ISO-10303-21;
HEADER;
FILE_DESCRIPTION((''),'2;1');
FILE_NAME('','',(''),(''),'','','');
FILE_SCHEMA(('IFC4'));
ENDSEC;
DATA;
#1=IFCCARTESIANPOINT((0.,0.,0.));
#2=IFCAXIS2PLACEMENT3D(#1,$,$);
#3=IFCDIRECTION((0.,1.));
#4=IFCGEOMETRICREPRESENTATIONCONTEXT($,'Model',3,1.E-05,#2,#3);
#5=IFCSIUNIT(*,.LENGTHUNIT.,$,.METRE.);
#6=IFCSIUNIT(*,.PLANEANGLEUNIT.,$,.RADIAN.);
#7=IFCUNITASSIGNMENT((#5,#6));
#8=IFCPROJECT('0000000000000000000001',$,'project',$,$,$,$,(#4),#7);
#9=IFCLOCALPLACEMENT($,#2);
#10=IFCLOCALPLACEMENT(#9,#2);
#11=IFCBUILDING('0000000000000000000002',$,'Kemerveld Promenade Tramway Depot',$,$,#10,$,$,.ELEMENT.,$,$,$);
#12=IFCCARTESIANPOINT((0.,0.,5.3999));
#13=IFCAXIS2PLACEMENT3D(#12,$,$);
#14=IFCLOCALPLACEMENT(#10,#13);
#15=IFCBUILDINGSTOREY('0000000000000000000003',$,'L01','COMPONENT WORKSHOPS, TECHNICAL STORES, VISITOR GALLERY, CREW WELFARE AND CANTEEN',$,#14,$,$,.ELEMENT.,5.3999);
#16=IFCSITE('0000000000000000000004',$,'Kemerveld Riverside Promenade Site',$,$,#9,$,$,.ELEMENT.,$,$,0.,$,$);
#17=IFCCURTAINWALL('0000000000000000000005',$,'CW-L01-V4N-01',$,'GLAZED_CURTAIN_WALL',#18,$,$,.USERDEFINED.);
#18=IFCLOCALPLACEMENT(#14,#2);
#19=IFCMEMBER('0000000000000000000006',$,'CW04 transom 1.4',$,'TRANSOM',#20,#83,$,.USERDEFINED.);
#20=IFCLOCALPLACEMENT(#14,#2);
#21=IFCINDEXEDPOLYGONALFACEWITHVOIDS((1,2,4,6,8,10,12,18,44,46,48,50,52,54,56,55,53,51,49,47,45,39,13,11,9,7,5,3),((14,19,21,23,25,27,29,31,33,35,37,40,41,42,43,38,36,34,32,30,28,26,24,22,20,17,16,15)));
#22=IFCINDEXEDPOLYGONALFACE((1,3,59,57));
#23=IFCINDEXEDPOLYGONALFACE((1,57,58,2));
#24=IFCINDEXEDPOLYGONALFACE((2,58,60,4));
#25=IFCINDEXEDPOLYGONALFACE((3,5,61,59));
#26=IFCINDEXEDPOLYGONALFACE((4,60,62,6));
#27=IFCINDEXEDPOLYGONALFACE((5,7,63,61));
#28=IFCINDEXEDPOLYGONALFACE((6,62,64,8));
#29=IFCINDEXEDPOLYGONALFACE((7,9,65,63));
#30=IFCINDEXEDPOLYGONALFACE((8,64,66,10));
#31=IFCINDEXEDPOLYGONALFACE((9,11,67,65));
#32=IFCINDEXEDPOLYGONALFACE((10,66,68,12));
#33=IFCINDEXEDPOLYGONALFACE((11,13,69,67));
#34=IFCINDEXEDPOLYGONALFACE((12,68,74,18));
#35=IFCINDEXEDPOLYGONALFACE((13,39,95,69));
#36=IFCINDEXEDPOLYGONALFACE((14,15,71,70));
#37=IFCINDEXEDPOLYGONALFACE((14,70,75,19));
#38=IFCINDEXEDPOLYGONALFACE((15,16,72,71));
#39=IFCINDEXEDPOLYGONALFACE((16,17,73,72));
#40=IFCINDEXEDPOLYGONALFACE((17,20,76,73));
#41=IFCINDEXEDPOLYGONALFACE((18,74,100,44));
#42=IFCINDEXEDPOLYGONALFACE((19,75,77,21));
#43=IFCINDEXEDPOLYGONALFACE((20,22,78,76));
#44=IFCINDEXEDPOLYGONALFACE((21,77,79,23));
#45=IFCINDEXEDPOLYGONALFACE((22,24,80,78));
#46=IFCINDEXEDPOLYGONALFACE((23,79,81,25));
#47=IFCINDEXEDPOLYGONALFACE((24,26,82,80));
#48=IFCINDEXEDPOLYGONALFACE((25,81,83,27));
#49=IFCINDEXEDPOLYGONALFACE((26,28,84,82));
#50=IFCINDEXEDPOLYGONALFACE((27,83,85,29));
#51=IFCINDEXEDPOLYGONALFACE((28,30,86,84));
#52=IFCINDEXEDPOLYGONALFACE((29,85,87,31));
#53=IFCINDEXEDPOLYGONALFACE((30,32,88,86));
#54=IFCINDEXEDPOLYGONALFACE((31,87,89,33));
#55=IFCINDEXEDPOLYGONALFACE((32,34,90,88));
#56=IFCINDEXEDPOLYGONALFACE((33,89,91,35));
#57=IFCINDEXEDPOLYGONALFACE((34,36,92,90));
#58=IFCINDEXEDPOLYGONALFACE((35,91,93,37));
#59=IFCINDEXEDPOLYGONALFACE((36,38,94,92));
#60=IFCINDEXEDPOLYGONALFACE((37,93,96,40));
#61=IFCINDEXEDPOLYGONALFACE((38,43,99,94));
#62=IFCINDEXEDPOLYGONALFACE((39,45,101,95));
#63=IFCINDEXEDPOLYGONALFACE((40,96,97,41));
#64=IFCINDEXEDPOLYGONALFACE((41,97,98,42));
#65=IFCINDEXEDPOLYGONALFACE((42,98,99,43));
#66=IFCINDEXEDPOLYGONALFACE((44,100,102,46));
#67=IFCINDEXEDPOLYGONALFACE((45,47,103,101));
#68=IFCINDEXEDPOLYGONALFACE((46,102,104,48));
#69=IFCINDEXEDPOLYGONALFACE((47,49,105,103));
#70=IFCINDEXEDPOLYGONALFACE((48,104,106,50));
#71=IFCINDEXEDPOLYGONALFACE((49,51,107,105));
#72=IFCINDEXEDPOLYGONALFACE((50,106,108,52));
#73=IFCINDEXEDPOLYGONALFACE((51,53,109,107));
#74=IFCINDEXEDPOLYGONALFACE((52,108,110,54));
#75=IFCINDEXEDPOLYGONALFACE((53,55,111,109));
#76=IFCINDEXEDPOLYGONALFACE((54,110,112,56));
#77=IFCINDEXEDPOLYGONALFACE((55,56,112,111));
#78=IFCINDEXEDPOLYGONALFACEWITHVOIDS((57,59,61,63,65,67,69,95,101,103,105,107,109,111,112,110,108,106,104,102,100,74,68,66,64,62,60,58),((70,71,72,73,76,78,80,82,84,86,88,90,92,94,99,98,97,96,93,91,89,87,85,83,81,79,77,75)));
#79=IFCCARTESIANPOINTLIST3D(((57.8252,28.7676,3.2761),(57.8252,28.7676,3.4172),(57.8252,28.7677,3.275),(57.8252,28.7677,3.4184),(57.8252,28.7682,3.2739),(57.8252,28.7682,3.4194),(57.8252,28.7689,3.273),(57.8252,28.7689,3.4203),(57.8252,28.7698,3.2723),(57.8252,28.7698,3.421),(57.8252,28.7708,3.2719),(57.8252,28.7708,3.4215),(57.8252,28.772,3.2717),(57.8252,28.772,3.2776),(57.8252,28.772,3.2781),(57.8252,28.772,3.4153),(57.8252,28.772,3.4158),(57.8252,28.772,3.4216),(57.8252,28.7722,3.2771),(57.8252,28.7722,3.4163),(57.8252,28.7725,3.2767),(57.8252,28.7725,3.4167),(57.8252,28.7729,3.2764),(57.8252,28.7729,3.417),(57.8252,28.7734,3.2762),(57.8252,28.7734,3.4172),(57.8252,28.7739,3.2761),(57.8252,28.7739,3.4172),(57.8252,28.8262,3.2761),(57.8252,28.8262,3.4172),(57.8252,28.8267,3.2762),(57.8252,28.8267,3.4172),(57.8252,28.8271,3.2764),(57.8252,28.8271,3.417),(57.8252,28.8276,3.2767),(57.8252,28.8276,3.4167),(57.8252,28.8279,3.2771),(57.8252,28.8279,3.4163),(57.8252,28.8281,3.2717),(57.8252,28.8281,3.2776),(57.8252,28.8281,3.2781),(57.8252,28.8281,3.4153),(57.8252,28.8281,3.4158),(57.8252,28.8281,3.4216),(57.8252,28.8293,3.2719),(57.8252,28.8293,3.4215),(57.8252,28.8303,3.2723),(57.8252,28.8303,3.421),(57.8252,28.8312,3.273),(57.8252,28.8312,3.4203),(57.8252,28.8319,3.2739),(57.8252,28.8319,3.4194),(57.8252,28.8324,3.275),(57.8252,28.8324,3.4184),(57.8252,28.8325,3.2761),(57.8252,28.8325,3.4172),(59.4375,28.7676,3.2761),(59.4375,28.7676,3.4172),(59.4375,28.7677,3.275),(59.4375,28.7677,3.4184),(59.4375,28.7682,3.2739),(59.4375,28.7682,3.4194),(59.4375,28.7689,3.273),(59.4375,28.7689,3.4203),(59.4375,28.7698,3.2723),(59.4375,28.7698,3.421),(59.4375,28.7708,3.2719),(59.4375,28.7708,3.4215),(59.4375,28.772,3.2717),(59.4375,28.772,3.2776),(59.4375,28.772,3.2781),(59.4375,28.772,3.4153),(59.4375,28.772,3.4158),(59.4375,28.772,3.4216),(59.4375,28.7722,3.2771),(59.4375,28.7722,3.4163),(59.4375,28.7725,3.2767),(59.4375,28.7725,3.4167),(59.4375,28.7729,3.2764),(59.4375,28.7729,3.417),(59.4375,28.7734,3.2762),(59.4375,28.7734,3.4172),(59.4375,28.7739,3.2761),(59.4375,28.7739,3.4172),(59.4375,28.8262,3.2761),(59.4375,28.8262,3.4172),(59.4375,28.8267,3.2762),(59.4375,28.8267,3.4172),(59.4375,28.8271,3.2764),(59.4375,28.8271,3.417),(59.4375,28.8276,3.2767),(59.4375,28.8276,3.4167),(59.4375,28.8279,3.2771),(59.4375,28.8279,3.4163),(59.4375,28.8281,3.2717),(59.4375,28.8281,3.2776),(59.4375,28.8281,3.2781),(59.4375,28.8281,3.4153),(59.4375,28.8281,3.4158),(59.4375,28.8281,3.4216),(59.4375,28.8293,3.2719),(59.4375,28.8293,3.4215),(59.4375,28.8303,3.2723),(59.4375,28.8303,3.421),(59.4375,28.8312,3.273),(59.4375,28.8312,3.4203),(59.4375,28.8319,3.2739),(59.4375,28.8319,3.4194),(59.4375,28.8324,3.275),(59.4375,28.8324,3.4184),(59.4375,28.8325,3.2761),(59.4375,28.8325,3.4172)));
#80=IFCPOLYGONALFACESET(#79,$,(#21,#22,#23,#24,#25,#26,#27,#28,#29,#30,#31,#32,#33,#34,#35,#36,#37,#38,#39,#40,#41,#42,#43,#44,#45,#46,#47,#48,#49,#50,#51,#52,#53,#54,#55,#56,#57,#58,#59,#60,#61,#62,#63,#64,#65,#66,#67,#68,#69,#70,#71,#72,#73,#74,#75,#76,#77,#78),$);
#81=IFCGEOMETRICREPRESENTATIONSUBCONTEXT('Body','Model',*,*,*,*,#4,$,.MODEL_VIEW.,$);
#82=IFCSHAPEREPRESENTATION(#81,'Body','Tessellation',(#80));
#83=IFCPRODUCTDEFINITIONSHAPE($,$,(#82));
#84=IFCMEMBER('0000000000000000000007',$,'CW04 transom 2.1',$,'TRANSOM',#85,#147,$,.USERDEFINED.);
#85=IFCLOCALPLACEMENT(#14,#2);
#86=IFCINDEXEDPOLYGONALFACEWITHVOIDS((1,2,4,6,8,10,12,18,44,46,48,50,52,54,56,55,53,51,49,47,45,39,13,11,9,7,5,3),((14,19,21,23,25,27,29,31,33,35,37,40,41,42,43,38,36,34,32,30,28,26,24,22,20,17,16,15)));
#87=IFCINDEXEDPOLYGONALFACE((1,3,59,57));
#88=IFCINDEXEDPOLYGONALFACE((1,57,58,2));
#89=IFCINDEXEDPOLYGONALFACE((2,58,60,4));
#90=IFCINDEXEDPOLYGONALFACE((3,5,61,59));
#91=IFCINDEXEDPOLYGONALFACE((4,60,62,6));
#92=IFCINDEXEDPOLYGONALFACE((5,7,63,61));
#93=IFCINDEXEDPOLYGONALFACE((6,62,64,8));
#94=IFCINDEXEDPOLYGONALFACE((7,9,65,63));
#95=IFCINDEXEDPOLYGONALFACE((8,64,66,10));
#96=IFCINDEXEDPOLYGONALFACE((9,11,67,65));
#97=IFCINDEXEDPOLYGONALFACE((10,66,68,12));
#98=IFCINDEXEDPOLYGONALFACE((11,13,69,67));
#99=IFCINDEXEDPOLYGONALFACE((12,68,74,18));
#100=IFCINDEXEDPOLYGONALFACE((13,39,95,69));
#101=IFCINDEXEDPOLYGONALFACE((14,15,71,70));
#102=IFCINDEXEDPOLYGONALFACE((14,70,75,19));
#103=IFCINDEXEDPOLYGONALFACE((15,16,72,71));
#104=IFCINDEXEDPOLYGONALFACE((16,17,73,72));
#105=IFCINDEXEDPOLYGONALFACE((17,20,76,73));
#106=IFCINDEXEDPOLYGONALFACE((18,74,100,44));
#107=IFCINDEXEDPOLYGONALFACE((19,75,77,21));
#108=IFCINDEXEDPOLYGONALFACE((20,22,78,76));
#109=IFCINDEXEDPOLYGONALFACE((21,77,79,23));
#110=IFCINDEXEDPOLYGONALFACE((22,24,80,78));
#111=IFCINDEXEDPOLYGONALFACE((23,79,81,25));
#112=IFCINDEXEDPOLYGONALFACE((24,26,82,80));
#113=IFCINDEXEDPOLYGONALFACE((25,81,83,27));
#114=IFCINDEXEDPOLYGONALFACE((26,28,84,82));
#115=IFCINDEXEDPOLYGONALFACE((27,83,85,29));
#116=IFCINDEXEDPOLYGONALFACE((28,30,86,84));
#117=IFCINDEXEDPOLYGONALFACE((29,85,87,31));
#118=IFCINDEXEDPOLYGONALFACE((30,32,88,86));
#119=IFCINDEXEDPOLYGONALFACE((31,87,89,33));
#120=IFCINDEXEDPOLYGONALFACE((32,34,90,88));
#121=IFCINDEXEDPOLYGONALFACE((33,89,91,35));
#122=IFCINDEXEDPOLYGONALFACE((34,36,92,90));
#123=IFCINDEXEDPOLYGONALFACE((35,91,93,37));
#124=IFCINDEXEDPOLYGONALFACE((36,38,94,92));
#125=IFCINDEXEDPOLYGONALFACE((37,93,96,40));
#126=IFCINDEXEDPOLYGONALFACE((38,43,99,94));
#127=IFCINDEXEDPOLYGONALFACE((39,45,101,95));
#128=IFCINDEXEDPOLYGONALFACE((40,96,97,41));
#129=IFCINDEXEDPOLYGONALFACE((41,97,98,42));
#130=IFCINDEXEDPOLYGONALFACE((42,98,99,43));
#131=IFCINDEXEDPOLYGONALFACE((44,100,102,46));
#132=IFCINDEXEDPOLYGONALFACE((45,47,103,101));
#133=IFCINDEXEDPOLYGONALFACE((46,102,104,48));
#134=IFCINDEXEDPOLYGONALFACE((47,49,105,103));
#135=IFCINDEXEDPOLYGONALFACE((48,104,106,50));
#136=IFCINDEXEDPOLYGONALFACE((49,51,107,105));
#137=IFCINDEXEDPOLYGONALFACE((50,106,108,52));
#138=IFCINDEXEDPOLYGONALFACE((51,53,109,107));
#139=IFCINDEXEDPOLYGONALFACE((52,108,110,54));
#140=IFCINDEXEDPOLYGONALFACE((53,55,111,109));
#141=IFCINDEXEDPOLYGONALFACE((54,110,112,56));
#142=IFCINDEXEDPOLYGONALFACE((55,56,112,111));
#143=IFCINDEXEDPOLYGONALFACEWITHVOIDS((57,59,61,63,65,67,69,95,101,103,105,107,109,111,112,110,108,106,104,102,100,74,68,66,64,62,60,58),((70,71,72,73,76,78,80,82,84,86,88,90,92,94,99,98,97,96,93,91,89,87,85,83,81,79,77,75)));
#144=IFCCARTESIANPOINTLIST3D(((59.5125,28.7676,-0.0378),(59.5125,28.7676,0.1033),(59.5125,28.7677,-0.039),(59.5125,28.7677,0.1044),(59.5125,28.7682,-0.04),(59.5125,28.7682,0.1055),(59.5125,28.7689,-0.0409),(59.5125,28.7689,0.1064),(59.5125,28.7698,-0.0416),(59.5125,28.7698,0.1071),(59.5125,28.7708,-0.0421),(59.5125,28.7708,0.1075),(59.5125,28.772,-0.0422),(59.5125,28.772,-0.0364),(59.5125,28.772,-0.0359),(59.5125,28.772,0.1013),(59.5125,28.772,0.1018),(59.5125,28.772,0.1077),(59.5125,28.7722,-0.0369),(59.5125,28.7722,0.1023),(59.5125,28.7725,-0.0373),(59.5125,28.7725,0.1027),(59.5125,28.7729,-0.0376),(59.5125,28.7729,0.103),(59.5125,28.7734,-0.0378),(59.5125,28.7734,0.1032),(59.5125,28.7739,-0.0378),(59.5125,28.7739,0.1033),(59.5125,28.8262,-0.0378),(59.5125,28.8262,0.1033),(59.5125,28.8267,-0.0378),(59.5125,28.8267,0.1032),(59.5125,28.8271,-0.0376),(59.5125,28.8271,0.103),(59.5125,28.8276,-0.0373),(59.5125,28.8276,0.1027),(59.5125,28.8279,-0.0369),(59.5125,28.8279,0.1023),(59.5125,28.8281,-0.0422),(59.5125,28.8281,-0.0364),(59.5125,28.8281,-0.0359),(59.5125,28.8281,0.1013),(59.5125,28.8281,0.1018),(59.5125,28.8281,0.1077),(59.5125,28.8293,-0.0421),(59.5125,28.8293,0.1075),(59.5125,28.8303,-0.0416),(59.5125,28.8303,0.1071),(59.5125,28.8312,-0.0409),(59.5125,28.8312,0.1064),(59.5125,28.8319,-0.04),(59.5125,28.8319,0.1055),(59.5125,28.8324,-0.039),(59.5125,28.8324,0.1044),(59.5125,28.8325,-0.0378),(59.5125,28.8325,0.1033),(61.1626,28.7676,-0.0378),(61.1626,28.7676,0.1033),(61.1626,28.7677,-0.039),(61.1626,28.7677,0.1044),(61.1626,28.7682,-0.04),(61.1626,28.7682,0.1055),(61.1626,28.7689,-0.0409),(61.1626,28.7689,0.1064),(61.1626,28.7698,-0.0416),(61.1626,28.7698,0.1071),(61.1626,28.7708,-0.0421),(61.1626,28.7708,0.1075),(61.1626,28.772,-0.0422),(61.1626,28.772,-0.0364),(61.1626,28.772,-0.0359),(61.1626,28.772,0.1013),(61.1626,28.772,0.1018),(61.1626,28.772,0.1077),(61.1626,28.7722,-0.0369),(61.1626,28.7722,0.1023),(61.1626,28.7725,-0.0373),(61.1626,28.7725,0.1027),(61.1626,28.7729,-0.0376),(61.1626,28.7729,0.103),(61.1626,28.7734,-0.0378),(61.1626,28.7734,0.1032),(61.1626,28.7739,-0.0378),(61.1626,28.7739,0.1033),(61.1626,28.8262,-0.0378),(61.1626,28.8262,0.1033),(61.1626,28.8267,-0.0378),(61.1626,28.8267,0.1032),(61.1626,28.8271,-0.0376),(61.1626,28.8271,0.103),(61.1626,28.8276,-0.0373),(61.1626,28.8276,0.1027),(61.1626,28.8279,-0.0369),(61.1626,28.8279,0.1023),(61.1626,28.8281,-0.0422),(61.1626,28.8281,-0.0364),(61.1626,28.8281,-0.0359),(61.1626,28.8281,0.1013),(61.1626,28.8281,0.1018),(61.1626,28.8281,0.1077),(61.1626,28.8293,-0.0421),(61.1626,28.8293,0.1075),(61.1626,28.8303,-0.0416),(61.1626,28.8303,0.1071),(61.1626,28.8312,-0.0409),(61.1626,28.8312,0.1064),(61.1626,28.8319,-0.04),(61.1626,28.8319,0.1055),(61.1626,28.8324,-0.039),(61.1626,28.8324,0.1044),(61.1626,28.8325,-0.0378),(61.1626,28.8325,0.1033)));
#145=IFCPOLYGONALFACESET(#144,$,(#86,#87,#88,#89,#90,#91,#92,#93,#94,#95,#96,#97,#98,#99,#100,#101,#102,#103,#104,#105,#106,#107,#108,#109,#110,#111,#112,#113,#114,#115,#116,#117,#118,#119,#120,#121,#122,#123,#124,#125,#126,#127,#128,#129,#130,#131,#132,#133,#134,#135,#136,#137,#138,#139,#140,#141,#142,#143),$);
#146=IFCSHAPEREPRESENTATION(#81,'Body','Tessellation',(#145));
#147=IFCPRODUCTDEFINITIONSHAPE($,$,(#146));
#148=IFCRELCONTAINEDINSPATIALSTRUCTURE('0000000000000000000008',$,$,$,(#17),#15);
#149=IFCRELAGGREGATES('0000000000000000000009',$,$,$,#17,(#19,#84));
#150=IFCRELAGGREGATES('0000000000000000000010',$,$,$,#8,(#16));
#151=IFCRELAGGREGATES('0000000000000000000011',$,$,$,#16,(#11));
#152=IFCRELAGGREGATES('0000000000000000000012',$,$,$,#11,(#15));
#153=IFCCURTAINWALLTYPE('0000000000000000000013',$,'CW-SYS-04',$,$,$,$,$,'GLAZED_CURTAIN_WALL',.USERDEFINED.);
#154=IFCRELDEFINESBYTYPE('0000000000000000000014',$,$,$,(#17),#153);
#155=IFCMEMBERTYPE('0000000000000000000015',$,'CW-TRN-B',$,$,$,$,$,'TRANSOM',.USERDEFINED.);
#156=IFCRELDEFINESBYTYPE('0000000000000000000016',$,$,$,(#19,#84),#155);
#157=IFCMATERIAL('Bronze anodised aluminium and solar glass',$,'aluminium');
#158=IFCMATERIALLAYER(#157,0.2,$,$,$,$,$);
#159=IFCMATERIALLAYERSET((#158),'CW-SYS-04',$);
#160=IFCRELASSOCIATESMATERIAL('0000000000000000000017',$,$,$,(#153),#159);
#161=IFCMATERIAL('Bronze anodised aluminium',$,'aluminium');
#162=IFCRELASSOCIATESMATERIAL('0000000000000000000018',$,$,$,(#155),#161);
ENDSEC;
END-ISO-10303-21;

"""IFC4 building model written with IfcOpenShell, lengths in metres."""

from ifc_helpers import new_model, si_unit, direction, frame, origin, origin_2d, place, context, subcontext, project, spatial, hollow_rectangle, extrude, material, layer, layer_set, material_profile, profile_set, type_object, element, aggregate, save


model = new_model("IFC4")

# Units and contexts
model_context = context("Model", 3, precision=1e-05, world=origin(), true_north=direction((0.0, 1.0)))
body_context = subcontext(model_context, "Body", "Model", "MODEL_VIEW")
ifc_project = project(units=[si_unit("LENGTHUNIT", "METRE"), si_unit("PLANEANGLEUNIT", "RADIAN")], contexts=[model_context])

# Site, building, storey
site_placement = place(None, origin())
site = spatial("IfcSite", under=ifc_project, at=site_placement, Name="Kemerveld Riverside Promenade Site", CompositionType="ELEMENT", RefElevation=0.0)
building_placement = place(site_placement, origin())
building = spatial("IfcBuilding", under=site, at=building_placement, Name="Kemerveld Promenade Tramway Depot", CompositionType="ELEMENT")
storey_placement = place(building_placement, frame((0.0, 0.0, 5.3999)))
storey = spatial("IfcBuildingStorey", under=building, at=storey_placement, Name="L01", Description="COMPONENT WORKSHOPS, TECHNICAL STORES, VISITOR GALLERY, CREW WELFARE AND CANTEEN", CompositionType="ELEMENT", Elevation=5.3999)

# Shared definitions
ifc_material_1 = material(Name="Bronze anodised aluminium and solar glass", Category="aluminium")
ifc_material_2 = material(Name="Bronze anodised aluminium", Category="aluminium")

# Curtain wall, members
ifc_layer_1 = layer(ifc_material_1, 0.2)
ifc_layer_set_1 = layer_set([ifc_layer_1], Name="CW-SYS-04")
curtain_wall_type_1 = type_object("IfcCurtainWallType", Name="CW-SYS-04", ElementType="GLAZED_CURTAIN_WALL", PredefinedType="USERDEFINED", material=ifc_layer_set_1)
curtain_wall_1_placement = place(storey_placement, origin())
curtain_wall_1 = element("IfcCurtainWall", 1, at=curtain_wall_1_placement, inside=storey, type_object=curtain_wall_type_1, Name="CW-L01-V4N-01", ObjectType="GLAZED_CURTAIN_WALL", PredefinedType="USERDEFINED")
ifc_material_profile_1 = material_profile(ifc_material_2, hollow_rectangle(XDim=0.0649, YDim=0.1499, WallThickness=0.0044, InnerFilletRadius=0.002, OuterFilletRadius=0.0044, at=origin_2d()), Name="CW-TRN-150x65")
ifc_profile_set_1 = profile_set([ifc_material_profile_1], Name="Bronze anodised aluminium")
member_type_1 = type_object("IfcMemberType", Name="CW-TRN-B", ElementType="TRANSOM", PredefinedType="USERDEFINED", material=ifc_profile_set_1)
member_1_placement = place(storey_placement, frame((57.8252, 28.8, 3.3467), z_axis=(1.0, 0.0, 0.0), x_axis=(0.0, 1.0, 0.0)))
member_1 = element("IfcMember", 2, at=member_1_placement, type_object=member_type_1, Name="CW04 transom 1.4", ObjectType="TRANSOM", PredefinedType="USERDEFINED", context=body_context, shape_type="SweptSolid", body=[
    extrude(hollow_rectangle(XDim=0.0649, YDim=0.1499, WallThickness=0.0044, InnerFilletRadius=0.002, OuterFilletRadius=0.0044, at=origin_2d()), origin(), (0.0, 0.0, 1.0), 1.6123),
])
member_2_placement = place(storey_placement, frame((59.5125, 28.8, 0.0327), z_axis=(1.0, 0.0, 0.0), x_axis=(0.0, 1.0, 0.0)))
member_2 = element("IfcMember", 3, at=member_2_placement, type_object=member_type_1, Name="CW04 transom 2.1", ObjectType="TRANSOM", PredefinedType="USERDEFINED", context=body_context, shape_type="SweptSolid", body=[
    extrude(hollow_rectangle(XDim=0.0649, YDim=0.1499, WallThickness=0.0044, InnerFilletRadius=0.002, OuterFilletRadius=0.0044, at=origin_2d()), origin(), (0.0, 0.0, 1.0), 1.6501),
])
aggregate(curtain_wall_1, [member_1, member_2])

save(model, "model.ifc")
